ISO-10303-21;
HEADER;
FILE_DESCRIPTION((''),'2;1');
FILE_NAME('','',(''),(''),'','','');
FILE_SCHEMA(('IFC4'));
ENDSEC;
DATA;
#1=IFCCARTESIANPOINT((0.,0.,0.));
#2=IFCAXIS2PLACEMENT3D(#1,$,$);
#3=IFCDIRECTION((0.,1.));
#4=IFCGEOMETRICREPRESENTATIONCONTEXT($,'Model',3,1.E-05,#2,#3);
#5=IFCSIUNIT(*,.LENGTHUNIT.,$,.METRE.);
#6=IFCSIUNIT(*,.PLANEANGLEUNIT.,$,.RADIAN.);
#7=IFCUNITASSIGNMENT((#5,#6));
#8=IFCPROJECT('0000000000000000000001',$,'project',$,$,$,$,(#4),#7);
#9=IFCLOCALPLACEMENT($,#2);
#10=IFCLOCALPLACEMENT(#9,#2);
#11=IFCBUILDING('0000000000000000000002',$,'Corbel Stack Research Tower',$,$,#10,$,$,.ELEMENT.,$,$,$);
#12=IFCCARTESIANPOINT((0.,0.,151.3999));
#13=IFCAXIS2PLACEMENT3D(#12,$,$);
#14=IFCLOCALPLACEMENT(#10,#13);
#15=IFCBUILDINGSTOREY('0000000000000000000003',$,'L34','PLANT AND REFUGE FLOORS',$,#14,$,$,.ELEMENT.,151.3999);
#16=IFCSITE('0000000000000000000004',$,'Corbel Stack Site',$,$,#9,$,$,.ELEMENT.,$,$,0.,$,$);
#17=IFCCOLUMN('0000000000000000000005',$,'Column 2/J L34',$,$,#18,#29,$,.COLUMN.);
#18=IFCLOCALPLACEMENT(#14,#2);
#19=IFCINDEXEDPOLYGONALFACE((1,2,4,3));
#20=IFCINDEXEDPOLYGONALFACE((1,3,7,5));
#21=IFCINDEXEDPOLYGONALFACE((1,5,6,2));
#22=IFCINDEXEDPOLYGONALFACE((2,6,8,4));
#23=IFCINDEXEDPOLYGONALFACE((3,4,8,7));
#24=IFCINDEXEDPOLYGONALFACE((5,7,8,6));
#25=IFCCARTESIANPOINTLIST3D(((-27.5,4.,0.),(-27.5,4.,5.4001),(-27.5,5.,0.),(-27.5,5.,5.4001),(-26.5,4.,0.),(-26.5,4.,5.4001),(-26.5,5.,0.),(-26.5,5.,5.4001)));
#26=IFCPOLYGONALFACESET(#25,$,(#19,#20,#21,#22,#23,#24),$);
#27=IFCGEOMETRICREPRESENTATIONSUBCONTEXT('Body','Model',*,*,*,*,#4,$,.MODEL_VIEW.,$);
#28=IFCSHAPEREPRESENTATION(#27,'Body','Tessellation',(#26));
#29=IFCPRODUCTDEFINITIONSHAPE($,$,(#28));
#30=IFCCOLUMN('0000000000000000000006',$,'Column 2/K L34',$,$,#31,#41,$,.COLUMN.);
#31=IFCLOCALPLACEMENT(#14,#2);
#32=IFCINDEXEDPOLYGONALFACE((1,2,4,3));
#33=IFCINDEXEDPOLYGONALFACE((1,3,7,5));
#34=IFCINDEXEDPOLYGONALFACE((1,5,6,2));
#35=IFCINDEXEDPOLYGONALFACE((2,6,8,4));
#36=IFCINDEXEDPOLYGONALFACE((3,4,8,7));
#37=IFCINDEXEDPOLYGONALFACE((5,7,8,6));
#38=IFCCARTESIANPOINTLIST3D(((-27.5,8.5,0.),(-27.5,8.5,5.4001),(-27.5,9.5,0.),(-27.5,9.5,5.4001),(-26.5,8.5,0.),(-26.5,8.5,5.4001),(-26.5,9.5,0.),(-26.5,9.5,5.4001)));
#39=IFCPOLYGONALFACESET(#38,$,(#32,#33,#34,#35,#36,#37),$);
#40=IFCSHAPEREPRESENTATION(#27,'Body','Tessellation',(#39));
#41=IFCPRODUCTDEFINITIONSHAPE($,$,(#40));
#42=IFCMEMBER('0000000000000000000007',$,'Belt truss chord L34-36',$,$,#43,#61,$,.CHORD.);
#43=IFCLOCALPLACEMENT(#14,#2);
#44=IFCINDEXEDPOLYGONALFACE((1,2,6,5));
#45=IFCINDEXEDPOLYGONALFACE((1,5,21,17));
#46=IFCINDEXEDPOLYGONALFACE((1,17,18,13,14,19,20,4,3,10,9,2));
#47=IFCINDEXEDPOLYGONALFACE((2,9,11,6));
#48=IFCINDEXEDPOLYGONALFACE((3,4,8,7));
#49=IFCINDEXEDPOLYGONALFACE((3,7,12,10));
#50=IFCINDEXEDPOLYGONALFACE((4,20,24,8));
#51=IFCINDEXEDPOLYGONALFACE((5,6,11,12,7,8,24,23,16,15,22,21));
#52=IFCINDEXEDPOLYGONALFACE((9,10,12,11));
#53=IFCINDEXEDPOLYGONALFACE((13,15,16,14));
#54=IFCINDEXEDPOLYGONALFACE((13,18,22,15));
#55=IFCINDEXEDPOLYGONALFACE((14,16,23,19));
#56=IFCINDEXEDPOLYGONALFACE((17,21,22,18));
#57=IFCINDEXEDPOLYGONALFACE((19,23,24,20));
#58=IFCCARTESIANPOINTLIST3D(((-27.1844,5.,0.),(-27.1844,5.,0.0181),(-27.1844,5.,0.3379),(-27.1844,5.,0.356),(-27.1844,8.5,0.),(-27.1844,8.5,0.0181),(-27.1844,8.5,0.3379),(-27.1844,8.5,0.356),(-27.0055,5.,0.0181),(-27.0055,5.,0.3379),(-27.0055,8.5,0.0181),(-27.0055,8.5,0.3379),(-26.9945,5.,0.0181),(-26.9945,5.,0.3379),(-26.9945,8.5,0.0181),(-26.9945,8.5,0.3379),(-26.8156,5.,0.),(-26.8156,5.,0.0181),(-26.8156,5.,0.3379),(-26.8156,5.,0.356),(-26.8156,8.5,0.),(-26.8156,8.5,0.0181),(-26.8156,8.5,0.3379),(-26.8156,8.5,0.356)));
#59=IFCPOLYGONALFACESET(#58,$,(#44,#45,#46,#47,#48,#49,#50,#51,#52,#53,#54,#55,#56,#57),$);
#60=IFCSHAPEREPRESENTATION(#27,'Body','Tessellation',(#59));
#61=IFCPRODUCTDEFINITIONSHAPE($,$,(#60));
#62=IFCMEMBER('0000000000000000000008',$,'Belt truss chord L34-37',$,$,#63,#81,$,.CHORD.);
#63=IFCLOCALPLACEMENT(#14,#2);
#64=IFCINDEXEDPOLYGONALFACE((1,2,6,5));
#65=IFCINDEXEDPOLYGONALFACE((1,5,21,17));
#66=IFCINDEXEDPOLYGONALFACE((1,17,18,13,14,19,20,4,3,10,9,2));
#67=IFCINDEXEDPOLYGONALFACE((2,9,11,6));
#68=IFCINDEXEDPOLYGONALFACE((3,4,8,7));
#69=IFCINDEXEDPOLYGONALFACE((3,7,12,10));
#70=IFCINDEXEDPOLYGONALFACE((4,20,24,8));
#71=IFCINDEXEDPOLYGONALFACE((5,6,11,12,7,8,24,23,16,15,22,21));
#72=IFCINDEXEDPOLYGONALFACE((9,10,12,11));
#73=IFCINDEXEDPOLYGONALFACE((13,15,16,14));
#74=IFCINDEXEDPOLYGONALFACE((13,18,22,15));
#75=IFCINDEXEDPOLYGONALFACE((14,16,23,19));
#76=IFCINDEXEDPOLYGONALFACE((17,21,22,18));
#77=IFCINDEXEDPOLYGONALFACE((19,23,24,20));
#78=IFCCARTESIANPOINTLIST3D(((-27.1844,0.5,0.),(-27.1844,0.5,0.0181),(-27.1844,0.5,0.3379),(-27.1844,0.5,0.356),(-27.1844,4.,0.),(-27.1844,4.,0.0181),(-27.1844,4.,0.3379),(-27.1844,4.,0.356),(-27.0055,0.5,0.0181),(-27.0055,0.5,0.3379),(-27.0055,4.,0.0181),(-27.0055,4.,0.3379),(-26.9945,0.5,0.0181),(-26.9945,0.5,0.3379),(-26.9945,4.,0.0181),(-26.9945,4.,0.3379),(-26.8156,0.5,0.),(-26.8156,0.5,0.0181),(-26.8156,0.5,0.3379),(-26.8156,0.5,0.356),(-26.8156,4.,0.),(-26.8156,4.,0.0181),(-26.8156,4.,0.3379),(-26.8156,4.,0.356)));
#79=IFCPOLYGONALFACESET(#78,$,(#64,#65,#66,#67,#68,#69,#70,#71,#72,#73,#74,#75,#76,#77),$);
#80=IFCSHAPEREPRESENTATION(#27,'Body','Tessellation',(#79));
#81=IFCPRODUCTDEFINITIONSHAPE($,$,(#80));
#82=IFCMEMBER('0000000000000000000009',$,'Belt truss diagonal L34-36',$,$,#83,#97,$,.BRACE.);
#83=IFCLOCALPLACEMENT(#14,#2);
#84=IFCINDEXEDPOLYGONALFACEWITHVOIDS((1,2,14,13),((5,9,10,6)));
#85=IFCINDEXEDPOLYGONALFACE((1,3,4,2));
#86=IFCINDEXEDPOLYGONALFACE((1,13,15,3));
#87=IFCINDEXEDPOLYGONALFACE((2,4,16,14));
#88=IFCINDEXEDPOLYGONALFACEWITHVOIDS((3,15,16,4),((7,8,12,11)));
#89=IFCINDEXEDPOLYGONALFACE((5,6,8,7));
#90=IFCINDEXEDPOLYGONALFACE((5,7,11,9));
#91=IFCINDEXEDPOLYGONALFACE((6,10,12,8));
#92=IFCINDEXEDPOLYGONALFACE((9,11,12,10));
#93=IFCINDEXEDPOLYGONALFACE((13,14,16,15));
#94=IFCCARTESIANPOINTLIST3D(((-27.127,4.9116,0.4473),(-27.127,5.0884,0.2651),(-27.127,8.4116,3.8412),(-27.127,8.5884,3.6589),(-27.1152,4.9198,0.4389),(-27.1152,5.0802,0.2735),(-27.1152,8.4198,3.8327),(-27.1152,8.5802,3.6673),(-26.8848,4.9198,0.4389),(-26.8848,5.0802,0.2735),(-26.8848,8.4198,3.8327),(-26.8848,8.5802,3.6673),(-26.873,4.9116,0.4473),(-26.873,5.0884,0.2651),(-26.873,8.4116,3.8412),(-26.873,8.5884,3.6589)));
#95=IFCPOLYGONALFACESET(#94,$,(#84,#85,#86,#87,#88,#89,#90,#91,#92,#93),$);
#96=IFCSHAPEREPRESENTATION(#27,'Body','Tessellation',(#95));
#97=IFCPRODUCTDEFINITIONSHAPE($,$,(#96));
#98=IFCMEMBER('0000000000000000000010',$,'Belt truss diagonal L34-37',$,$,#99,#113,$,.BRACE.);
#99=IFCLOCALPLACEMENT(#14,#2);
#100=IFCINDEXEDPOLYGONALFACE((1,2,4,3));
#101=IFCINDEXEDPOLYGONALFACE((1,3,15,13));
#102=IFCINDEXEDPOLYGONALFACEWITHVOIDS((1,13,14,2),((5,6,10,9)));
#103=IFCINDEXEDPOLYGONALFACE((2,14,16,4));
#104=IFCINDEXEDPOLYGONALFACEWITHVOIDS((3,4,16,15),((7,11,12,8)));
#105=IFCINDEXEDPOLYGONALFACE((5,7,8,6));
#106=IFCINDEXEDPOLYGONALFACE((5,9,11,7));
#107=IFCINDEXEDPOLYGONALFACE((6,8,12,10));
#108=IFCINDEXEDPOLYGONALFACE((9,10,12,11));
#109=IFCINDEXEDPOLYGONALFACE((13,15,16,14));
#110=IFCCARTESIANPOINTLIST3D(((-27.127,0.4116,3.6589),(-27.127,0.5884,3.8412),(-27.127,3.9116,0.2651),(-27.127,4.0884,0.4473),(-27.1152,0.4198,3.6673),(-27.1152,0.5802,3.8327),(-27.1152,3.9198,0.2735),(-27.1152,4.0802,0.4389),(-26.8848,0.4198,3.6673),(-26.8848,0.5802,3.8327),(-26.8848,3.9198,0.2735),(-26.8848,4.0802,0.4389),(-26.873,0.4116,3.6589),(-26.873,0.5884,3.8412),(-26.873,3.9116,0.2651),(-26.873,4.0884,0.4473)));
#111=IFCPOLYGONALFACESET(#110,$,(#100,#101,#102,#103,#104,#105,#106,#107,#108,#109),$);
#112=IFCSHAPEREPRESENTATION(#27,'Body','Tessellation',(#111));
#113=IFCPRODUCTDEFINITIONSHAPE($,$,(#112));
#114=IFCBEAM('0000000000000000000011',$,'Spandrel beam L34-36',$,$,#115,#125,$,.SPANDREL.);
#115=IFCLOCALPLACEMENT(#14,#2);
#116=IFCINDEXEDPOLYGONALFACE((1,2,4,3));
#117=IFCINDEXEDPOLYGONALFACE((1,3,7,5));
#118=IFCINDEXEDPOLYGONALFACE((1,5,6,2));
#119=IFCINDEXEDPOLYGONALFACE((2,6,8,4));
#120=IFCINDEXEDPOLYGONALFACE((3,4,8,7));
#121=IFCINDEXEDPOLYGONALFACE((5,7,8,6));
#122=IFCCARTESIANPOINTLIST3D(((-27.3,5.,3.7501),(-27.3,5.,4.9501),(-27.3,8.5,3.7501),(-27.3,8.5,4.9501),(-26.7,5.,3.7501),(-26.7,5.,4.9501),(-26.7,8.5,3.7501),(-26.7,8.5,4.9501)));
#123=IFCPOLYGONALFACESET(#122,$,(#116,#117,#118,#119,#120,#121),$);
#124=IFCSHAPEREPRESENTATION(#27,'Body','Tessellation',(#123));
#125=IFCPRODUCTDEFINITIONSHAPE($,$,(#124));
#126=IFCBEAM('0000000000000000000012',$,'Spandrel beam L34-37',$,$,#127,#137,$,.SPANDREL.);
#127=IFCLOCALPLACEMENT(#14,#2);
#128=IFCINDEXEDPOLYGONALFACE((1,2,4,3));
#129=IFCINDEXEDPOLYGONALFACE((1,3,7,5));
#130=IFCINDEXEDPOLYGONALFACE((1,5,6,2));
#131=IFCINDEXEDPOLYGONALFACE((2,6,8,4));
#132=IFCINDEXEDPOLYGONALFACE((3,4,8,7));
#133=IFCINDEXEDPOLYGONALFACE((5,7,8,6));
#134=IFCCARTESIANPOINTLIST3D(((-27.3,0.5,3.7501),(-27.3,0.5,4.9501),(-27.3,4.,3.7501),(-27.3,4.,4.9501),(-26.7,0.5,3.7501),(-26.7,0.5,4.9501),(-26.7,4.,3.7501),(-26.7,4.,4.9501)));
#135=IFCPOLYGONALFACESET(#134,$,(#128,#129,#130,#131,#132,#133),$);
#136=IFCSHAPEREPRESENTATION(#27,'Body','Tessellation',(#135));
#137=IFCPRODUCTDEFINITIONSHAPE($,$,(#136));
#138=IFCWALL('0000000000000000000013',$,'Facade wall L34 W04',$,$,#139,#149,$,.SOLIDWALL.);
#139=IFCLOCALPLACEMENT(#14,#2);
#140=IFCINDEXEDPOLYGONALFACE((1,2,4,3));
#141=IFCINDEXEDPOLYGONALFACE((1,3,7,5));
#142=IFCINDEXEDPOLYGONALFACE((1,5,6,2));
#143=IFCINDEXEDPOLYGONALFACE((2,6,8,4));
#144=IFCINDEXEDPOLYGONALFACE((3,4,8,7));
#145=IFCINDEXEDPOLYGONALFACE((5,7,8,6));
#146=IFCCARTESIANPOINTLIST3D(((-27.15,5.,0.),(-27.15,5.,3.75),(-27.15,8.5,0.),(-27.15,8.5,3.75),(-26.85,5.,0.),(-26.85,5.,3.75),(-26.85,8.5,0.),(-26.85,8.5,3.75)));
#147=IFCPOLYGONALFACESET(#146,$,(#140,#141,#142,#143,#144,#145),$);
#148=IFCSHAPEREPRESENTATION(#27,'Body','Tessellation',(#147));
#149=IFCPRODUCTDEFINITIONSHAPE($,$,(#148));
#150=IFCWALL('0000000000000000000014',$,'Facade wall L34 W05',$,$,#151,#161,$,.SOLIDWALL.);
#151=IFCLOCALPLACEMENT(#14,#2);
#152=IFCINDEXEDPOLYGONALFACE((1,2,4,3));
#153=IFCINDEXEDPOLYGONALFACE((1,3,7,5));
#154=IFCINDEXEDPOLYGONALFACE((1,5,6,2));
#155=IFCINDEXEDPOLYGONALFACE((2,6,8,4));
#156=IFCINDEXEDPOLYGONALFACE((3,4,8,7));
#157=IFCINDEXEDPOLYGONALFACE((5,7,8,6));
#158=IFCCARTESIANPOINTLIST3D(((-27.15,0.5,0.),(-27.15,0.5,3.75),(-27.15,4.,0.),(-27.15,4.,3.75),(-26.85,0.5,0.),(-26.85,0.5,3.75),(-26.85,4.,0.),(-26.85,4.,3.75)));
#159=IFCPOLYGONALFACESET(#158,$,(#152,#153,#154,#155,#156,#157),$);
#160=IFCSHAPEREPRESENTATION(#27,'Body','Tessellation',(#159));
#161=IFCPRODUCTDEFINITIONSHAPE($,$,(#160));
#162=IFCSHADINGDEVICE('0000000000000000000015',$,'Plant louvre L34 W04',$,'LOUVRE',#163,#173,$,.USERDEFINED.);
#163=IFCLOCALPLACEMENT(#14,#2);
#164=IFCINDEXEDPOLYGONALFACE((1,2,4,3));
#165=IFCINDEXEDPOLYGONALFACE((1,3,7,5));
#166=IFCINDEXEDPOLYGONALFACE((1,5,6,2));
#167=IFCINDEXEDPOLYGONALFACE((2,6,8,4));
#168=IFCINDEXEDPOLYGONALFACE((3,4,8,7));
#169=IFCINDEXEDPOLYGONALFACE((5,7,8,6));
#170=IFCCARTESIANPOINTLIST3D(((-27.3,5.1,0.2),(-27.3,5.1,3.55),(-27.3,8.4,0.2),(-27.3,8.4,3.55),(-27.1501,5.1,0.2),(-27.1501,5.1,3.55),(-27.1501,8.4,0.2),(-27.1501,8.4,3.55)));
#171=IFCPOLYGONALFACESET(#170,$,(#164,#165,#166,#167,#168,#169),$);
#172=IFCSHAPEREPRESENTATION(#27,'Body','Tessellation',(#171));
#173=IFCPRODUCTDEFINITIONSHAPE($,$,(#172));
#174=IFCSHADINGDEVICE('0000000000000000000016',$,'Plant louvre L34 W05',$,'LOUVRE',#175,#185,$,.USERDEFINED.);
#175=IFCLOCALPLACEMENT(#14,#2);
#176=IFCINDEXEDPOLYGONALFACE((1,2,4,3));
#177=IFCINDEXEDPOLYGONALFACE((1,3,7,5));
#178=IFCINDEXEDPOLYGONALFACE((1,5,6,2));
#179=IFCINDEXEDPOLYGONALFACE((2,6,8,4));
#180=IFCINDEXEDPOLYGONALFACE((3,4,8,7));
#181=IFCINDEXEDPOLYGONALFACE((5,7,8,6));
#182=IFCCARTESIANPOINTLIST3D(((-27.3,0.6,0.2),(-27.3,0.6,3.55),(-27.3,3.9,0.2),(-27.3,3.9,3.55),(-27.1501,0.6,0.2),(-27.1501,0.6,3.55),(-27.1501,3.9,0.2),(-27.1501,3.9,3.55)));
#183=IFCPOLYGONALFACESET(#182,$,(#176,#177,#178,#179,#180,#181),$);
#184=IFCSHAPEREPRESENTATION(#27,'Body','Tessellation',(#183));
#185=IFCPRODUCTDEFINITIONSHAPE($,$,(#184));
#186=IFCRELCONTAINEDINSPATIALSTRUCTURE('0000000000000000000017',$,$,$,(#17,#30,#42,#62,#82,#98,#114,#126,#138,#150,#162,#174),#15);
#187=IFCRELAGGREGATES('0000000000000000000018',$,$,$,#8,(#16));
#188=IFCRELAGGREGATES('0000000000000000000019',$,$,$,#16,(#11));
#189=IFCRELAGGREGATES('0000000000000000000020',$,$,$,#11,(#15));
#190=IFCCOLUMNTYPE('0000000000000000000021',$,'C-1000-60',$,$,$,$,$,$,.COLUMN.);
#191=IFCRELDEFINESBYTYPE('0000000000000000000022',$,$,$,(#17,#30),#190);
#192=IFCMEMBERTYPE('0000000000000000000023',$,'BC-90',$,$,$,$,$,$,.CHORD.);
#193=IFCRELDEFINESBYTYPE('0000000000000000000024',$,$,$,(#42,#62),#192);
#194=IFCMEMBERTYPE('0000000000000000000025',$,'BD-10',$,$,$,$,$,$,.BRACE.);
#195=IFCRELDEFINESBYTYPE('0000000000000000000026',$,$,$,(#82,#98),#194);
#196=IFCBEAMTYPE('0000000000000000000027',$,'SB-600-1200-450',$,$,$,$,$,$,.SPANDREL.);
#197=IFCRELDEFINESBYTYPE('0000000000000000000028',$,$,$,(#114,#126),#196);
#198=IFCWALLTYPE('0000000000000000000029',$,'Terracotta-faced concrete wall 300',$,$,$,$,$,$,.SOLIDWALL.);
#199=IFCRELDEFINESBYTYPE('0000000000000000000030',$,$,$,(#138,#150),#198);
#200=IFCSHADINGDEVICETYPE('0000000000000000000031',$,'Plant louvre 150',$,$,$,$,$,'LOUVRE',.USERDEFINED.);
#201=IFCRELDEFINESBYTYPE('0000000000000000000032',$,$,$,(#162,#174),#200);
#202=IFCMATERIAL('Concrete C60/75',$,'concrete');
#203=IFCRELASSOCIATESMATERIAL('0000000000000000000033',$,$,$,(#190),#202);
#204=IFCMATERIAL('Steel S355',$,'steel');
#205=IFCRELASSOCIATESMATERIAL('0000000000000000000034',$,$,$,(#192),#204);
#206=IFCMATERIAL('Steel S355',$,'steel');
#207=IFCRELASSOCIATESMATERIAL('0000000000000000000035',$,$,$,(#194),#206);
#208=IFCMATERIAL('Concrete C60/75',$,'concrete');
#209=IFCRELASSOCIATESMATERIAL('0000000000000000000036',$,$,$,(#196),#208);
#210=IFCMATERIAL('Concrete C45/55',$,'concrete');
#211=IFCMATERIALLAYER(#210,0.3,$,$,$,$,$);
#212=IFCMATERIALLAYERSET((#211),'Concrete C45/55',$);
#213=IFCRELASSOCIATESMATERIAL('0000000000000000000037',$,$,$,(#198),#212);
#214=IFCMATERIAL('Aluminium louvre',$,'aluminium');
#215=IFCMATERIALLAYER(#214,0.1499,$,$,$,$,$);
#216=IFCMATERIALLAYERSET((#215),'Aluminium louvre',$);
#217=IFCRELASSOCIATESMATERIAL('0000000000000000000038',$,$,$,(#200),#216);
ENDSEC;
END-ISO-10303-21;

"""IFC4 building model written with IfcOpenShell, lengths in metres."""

from ifc_helpers import new_model, si_unit, direction, frame, frame_2d, origin, origin_2d, place, context, subcontext, project, spatial, rectangle, hollow_rectangle, i_section, extrude, material, layer, layer_set, material_profile, profile_set, type_object, element, save


model = new_model("IFC4")

# Units and contexts
model_context = context("Model", 3, precision=1e-05, world=origin(), true_north=direction((0.0, 1.0)))
body_context = subcontext(model_context, "Body", "Model", "MODEL_VIEW")
ifc_project = project(units=[si_unit("LENGTHUNIT", "METRE"), si_unit("PLANEANGLEUNIT", "RADIAN")], contexts=[model_context])

# Site, building, storey
site_placement = place(None, origin())
site = spatial("IfcSite", under=ifc_project, at=site_placement, Name="Corbel Stack Site", CompositionType="ELEMENT", RefElevation=0.0)
building_placement = place(site_placement, origin())
building = spatial("IfcBuilding", under=site, at=building_placement, Name="Corbel Stack Research Tower", CompositionType="ELEMENT")
storey_placement = place(building_placement, frame((0.0, 0.0, 151.3999)))
storey = spatial("IfcBuildingStorey", under=building, at=storey_placement, Name="L34", Description="PLANT AND REFUGE FLOORS", CompositionType="ELEMENT", Elevation=151.3999)

# Columns
ifc_material_1 = material(Name="Concrete C60/75", Category="concrete")
ifc_material_profile_1 = material_profile(ifc_material_1, rectangle(XDim=1.0, YDim=1.0, at=origin_2d()), Name="RC 1000 x 1000")
ifc_profile_set_1 = profile_set([ifc_material_profile_1], Name="Concrete C60/75")
column_type = type_object("IfcColumnType", Name="C-1000-60", PredefinedType="COLUMN", material=ifc_profile_set_1)
for number, where, z_axis, x_axis, name in (
    (1, (-27.0, 4.5, 0.0), (0.0, 0.0, 1.0), (1.0, 0.0, 0.0), "Column 2/J L34"),
    (2, (-27.0, 9.0, 0.0), (0.0, 0.0, 1.0), (1.0, 0.0, 0.0), "Column 2/K L34"),
):
    element("IfcColumn", number, at=place(storey_placement, frame(where, z_axis=z_axis, x_axis=x_axis)), inside=storey, type_object=column_type, Name=name, PredefinedType="COLUMN", context=body_context, shape_type="SweptSolid", body=[
        extrude(rectangle(XDim=1.0, YDim=1.0, at=origin_2d()), origin(), (0.0, 0.0, 1.0), 5.4001),
    ])

# Members
ifc_material_2 = material(Name="Steel S355", Category="steel")
ifc_material_profile_2 = material_profile(ifc_material_2, i_section(OverallWidth=0.3689, OverallDepth=0.356, WebThickness=0.011, FlangeThickness=0.0181, at=origin_2d()), Name="W14x90")
ifc_profile_set_2 = profile_set([ifc_material_profile_2], Name="Steel S355")
member_type_1 = type_object("IfcMemberType", Name="BC-90", PredefinedType="CHORD", material=ifc_profile_set_2)
for number, where, z_axis, x_axis, name in (
    (3, (-27.0, 8.5, 0.178), (0.0, -1.0, 0.0), (1.0, 0.0, 0.0), "Belt truss chord L34-36"),
    (4, (-27.0, 4.0, 0.178), (0.0, -1.0, 0.0), (1.0, 0.0, 0.0), "Belt truss chord L34-37"),
):
    element("IfcMember", number, at=place(storey_placement, frame(where, z_axis=z_axis, x_axis=x_axis)), inside=storey, type_object=member_type_1, Name=name, PredefinedType="CHORD", context=body_context, shape_type="SweptSolid", body=[
        extrude(i_section(OverallWidth=0.3689, OverallDepth=0.356, WebThickness=0.011, FlangeThickness=0.0181, at=origin_2d()), origin(), (0.0, 0.0, 1.0), 3.5),
    ])
ifc_material_3 = material(Name="Steel S355", Category="steel")
ifc_material_profile_3 = material_profile(ifc_material_3, hollow_rectangle(XDim=0.2539, YDim=0.2539, WallThickness=0.0117, at=origin_2d()), Name="HSS10x10x1/2")
ifc_profile_set_3 = profile_set([ifc_material_profile_3], Name="Steel S355")
member_type_2 = type_object("IfcMemberType", Name="BD-10", PredefinedType="BRACE", material=ifc_profile_set_3)
for number, where, z_axis, x_axis, name in (
    (5, (-27.0, 5.0, 0.3562), (0.0, 0.717915, 0.696131), (-1.0, 0.0, 0.0), "Belt truss diagonal L34-36"),
    (6, (-27.0, 4.0, 0.3562), (0.0, -0.717915, 0.696131), (1.0, 0.0, 0.0), "Belt truss diagonal L34-37"),
):
    element("IfcMember", number, at=place(storey_placement, frame(where, z_axis=z_axis, x_axis=x_axis)), inside=storey, type_object=member_type_2, Name=name, PredefinedType="BRACE", context=body_context, shape_type="SweptSolid", body=[
        extrude(hollow_rectangle(XDim=0.2539, YDim=0.2539, WallThickness=0.0117, at=origin_2d()), origin(), (0.0, 0.0, 1.0), 4.8752),
    ])

# Beams
ifc_material_4 = material(Name="Concrete C60/75", Category="concrete")
ifc_material_profile_4 = material_profile(ifc_material_4, rectangle(XDim=0.6001, YDim=1.2, at=origin_2d()), Name="RC 600 x 1200")
ifc_profile_set_4 = profile_set([ifc_material_profile_4], Name="Concrete C60/75")
beam_type = type_object("IfcBeamType", Name="SB-600-1200-450", PredefinedType="SPANDREL", material=ifc_profile_set_4)
for number, where, z_axis, x_axis, name in (
    (7, (-27.0, 8.5, 4.3501), (0.0, -1.0, 0.0), (1.0, 0.0, 0.0), "Spandrel beam L34-36"),
    (8, (-27.0, 4.0, 4.3501), (0.0, -1.0, 0.0), (1.0, 0.0, 0.0), "Spandrel beam L34-37"),
):
    element("IfcBeam", number, at=place(storey_placement, frame(where, z_axis=z_axis, x_axis=x_axis)), inside=storey, type_object=beam_type, Name=name, PredefinedType="SPANDREL", context=body_context, shape_type="SweptSolid", body=[
        extrude(rectangle(XDim=0.6001, YDim=1.2, at=origin_2d()), origin(), (0.0, 0.0, 1.0), 3.5),
    ])

# Walls
ifc_material_5 = material(Name="Concrete C45/55", Category="concrete")
ifc_layer_1 = layer(ifc_material_5, 0.3)
ifc_layer_set_1 = layer_set([ifc_layer_1], Name="Concrete C45/55")
wall_type = type_object("IfcWallType", Name="Terracotta-faced concrete wall 300", PredefinedType="SOLIDWALL", material=ifc_layer_set_1)
for number, where, z_axis, x_axis, name in (
    (9, (-27.0, 5.0, 0.0), (0.0, 0.0, 1.0), (0.0, 1.0, 0.0), "Facade wall L34 W04"),
    (10, (-27.0, 0.5, 0.0), (0.0, 0.0, 1.0), (0.0, 1.0, 0.0), "Facade wall L34 W05"),
):
    element("IfcWall", number, at=place(storey_placement, frame(where, z_axis=z_axis, x_axis=x_axis)), inside=storey, type_object=wall_type, Name=name, PredefinedType="SOLIDWALL", context=body_context, shape_type="SweptSolid", body=[
        extrude(rectangle(XDim=3.5, YDim=0.3, at=frame_2d((1.75, 0.0))), origin(), (0.0, 0.0, 1.0), 3.75),
    ])

# Shading devices
ifc_material_6 = material(Name="Aluminium louvre", Category="aluminium")
ifc_layer_2 = layer(ifc_material_6, 0.1499)
ifc_layer_set_2 = layer_set([ifc_layer_2], Name="Aluminium louvre")
shading_device_type = type_object("IfcShadingDeviceType", Name="Plant louvre 150", ElementType="LOUVRE", PredefinedType="USERDEFINED", material=ifc_layer_set_2)
for number, where, z_axis, x_axis, name in (
    (11, (-27.2251, 6.75, 0.2), (0.0, 0.0, 1.0), (0.0, -1.0, 0.0), "Plant louvre L34 W04"),
    (12, (-27.2251, 2.25, 0.2), (0.0, 0.0, 1.0), (0.0, -1.0, 0.0), "Plant louvre L34 W05"),
):
    element("IfcShadingDevice", number, at=place(storey_placement, frame(where, z_axis=z_axis, x_axis=x_axis)), inside=storey, type_object=shading_device_type, Name=name, ObjectType="LOUVRE", PredefinedType="USERDEFINED", context=body_context, shape_type="SweptSolid", body=[
        extrude(rectangle(XDim=3.3, YDim=0.1499, at=origin_2d()), origin(), (0.0, 0.0, 1.0), 3.3501),
    ])

save(model, "model.ifc")
